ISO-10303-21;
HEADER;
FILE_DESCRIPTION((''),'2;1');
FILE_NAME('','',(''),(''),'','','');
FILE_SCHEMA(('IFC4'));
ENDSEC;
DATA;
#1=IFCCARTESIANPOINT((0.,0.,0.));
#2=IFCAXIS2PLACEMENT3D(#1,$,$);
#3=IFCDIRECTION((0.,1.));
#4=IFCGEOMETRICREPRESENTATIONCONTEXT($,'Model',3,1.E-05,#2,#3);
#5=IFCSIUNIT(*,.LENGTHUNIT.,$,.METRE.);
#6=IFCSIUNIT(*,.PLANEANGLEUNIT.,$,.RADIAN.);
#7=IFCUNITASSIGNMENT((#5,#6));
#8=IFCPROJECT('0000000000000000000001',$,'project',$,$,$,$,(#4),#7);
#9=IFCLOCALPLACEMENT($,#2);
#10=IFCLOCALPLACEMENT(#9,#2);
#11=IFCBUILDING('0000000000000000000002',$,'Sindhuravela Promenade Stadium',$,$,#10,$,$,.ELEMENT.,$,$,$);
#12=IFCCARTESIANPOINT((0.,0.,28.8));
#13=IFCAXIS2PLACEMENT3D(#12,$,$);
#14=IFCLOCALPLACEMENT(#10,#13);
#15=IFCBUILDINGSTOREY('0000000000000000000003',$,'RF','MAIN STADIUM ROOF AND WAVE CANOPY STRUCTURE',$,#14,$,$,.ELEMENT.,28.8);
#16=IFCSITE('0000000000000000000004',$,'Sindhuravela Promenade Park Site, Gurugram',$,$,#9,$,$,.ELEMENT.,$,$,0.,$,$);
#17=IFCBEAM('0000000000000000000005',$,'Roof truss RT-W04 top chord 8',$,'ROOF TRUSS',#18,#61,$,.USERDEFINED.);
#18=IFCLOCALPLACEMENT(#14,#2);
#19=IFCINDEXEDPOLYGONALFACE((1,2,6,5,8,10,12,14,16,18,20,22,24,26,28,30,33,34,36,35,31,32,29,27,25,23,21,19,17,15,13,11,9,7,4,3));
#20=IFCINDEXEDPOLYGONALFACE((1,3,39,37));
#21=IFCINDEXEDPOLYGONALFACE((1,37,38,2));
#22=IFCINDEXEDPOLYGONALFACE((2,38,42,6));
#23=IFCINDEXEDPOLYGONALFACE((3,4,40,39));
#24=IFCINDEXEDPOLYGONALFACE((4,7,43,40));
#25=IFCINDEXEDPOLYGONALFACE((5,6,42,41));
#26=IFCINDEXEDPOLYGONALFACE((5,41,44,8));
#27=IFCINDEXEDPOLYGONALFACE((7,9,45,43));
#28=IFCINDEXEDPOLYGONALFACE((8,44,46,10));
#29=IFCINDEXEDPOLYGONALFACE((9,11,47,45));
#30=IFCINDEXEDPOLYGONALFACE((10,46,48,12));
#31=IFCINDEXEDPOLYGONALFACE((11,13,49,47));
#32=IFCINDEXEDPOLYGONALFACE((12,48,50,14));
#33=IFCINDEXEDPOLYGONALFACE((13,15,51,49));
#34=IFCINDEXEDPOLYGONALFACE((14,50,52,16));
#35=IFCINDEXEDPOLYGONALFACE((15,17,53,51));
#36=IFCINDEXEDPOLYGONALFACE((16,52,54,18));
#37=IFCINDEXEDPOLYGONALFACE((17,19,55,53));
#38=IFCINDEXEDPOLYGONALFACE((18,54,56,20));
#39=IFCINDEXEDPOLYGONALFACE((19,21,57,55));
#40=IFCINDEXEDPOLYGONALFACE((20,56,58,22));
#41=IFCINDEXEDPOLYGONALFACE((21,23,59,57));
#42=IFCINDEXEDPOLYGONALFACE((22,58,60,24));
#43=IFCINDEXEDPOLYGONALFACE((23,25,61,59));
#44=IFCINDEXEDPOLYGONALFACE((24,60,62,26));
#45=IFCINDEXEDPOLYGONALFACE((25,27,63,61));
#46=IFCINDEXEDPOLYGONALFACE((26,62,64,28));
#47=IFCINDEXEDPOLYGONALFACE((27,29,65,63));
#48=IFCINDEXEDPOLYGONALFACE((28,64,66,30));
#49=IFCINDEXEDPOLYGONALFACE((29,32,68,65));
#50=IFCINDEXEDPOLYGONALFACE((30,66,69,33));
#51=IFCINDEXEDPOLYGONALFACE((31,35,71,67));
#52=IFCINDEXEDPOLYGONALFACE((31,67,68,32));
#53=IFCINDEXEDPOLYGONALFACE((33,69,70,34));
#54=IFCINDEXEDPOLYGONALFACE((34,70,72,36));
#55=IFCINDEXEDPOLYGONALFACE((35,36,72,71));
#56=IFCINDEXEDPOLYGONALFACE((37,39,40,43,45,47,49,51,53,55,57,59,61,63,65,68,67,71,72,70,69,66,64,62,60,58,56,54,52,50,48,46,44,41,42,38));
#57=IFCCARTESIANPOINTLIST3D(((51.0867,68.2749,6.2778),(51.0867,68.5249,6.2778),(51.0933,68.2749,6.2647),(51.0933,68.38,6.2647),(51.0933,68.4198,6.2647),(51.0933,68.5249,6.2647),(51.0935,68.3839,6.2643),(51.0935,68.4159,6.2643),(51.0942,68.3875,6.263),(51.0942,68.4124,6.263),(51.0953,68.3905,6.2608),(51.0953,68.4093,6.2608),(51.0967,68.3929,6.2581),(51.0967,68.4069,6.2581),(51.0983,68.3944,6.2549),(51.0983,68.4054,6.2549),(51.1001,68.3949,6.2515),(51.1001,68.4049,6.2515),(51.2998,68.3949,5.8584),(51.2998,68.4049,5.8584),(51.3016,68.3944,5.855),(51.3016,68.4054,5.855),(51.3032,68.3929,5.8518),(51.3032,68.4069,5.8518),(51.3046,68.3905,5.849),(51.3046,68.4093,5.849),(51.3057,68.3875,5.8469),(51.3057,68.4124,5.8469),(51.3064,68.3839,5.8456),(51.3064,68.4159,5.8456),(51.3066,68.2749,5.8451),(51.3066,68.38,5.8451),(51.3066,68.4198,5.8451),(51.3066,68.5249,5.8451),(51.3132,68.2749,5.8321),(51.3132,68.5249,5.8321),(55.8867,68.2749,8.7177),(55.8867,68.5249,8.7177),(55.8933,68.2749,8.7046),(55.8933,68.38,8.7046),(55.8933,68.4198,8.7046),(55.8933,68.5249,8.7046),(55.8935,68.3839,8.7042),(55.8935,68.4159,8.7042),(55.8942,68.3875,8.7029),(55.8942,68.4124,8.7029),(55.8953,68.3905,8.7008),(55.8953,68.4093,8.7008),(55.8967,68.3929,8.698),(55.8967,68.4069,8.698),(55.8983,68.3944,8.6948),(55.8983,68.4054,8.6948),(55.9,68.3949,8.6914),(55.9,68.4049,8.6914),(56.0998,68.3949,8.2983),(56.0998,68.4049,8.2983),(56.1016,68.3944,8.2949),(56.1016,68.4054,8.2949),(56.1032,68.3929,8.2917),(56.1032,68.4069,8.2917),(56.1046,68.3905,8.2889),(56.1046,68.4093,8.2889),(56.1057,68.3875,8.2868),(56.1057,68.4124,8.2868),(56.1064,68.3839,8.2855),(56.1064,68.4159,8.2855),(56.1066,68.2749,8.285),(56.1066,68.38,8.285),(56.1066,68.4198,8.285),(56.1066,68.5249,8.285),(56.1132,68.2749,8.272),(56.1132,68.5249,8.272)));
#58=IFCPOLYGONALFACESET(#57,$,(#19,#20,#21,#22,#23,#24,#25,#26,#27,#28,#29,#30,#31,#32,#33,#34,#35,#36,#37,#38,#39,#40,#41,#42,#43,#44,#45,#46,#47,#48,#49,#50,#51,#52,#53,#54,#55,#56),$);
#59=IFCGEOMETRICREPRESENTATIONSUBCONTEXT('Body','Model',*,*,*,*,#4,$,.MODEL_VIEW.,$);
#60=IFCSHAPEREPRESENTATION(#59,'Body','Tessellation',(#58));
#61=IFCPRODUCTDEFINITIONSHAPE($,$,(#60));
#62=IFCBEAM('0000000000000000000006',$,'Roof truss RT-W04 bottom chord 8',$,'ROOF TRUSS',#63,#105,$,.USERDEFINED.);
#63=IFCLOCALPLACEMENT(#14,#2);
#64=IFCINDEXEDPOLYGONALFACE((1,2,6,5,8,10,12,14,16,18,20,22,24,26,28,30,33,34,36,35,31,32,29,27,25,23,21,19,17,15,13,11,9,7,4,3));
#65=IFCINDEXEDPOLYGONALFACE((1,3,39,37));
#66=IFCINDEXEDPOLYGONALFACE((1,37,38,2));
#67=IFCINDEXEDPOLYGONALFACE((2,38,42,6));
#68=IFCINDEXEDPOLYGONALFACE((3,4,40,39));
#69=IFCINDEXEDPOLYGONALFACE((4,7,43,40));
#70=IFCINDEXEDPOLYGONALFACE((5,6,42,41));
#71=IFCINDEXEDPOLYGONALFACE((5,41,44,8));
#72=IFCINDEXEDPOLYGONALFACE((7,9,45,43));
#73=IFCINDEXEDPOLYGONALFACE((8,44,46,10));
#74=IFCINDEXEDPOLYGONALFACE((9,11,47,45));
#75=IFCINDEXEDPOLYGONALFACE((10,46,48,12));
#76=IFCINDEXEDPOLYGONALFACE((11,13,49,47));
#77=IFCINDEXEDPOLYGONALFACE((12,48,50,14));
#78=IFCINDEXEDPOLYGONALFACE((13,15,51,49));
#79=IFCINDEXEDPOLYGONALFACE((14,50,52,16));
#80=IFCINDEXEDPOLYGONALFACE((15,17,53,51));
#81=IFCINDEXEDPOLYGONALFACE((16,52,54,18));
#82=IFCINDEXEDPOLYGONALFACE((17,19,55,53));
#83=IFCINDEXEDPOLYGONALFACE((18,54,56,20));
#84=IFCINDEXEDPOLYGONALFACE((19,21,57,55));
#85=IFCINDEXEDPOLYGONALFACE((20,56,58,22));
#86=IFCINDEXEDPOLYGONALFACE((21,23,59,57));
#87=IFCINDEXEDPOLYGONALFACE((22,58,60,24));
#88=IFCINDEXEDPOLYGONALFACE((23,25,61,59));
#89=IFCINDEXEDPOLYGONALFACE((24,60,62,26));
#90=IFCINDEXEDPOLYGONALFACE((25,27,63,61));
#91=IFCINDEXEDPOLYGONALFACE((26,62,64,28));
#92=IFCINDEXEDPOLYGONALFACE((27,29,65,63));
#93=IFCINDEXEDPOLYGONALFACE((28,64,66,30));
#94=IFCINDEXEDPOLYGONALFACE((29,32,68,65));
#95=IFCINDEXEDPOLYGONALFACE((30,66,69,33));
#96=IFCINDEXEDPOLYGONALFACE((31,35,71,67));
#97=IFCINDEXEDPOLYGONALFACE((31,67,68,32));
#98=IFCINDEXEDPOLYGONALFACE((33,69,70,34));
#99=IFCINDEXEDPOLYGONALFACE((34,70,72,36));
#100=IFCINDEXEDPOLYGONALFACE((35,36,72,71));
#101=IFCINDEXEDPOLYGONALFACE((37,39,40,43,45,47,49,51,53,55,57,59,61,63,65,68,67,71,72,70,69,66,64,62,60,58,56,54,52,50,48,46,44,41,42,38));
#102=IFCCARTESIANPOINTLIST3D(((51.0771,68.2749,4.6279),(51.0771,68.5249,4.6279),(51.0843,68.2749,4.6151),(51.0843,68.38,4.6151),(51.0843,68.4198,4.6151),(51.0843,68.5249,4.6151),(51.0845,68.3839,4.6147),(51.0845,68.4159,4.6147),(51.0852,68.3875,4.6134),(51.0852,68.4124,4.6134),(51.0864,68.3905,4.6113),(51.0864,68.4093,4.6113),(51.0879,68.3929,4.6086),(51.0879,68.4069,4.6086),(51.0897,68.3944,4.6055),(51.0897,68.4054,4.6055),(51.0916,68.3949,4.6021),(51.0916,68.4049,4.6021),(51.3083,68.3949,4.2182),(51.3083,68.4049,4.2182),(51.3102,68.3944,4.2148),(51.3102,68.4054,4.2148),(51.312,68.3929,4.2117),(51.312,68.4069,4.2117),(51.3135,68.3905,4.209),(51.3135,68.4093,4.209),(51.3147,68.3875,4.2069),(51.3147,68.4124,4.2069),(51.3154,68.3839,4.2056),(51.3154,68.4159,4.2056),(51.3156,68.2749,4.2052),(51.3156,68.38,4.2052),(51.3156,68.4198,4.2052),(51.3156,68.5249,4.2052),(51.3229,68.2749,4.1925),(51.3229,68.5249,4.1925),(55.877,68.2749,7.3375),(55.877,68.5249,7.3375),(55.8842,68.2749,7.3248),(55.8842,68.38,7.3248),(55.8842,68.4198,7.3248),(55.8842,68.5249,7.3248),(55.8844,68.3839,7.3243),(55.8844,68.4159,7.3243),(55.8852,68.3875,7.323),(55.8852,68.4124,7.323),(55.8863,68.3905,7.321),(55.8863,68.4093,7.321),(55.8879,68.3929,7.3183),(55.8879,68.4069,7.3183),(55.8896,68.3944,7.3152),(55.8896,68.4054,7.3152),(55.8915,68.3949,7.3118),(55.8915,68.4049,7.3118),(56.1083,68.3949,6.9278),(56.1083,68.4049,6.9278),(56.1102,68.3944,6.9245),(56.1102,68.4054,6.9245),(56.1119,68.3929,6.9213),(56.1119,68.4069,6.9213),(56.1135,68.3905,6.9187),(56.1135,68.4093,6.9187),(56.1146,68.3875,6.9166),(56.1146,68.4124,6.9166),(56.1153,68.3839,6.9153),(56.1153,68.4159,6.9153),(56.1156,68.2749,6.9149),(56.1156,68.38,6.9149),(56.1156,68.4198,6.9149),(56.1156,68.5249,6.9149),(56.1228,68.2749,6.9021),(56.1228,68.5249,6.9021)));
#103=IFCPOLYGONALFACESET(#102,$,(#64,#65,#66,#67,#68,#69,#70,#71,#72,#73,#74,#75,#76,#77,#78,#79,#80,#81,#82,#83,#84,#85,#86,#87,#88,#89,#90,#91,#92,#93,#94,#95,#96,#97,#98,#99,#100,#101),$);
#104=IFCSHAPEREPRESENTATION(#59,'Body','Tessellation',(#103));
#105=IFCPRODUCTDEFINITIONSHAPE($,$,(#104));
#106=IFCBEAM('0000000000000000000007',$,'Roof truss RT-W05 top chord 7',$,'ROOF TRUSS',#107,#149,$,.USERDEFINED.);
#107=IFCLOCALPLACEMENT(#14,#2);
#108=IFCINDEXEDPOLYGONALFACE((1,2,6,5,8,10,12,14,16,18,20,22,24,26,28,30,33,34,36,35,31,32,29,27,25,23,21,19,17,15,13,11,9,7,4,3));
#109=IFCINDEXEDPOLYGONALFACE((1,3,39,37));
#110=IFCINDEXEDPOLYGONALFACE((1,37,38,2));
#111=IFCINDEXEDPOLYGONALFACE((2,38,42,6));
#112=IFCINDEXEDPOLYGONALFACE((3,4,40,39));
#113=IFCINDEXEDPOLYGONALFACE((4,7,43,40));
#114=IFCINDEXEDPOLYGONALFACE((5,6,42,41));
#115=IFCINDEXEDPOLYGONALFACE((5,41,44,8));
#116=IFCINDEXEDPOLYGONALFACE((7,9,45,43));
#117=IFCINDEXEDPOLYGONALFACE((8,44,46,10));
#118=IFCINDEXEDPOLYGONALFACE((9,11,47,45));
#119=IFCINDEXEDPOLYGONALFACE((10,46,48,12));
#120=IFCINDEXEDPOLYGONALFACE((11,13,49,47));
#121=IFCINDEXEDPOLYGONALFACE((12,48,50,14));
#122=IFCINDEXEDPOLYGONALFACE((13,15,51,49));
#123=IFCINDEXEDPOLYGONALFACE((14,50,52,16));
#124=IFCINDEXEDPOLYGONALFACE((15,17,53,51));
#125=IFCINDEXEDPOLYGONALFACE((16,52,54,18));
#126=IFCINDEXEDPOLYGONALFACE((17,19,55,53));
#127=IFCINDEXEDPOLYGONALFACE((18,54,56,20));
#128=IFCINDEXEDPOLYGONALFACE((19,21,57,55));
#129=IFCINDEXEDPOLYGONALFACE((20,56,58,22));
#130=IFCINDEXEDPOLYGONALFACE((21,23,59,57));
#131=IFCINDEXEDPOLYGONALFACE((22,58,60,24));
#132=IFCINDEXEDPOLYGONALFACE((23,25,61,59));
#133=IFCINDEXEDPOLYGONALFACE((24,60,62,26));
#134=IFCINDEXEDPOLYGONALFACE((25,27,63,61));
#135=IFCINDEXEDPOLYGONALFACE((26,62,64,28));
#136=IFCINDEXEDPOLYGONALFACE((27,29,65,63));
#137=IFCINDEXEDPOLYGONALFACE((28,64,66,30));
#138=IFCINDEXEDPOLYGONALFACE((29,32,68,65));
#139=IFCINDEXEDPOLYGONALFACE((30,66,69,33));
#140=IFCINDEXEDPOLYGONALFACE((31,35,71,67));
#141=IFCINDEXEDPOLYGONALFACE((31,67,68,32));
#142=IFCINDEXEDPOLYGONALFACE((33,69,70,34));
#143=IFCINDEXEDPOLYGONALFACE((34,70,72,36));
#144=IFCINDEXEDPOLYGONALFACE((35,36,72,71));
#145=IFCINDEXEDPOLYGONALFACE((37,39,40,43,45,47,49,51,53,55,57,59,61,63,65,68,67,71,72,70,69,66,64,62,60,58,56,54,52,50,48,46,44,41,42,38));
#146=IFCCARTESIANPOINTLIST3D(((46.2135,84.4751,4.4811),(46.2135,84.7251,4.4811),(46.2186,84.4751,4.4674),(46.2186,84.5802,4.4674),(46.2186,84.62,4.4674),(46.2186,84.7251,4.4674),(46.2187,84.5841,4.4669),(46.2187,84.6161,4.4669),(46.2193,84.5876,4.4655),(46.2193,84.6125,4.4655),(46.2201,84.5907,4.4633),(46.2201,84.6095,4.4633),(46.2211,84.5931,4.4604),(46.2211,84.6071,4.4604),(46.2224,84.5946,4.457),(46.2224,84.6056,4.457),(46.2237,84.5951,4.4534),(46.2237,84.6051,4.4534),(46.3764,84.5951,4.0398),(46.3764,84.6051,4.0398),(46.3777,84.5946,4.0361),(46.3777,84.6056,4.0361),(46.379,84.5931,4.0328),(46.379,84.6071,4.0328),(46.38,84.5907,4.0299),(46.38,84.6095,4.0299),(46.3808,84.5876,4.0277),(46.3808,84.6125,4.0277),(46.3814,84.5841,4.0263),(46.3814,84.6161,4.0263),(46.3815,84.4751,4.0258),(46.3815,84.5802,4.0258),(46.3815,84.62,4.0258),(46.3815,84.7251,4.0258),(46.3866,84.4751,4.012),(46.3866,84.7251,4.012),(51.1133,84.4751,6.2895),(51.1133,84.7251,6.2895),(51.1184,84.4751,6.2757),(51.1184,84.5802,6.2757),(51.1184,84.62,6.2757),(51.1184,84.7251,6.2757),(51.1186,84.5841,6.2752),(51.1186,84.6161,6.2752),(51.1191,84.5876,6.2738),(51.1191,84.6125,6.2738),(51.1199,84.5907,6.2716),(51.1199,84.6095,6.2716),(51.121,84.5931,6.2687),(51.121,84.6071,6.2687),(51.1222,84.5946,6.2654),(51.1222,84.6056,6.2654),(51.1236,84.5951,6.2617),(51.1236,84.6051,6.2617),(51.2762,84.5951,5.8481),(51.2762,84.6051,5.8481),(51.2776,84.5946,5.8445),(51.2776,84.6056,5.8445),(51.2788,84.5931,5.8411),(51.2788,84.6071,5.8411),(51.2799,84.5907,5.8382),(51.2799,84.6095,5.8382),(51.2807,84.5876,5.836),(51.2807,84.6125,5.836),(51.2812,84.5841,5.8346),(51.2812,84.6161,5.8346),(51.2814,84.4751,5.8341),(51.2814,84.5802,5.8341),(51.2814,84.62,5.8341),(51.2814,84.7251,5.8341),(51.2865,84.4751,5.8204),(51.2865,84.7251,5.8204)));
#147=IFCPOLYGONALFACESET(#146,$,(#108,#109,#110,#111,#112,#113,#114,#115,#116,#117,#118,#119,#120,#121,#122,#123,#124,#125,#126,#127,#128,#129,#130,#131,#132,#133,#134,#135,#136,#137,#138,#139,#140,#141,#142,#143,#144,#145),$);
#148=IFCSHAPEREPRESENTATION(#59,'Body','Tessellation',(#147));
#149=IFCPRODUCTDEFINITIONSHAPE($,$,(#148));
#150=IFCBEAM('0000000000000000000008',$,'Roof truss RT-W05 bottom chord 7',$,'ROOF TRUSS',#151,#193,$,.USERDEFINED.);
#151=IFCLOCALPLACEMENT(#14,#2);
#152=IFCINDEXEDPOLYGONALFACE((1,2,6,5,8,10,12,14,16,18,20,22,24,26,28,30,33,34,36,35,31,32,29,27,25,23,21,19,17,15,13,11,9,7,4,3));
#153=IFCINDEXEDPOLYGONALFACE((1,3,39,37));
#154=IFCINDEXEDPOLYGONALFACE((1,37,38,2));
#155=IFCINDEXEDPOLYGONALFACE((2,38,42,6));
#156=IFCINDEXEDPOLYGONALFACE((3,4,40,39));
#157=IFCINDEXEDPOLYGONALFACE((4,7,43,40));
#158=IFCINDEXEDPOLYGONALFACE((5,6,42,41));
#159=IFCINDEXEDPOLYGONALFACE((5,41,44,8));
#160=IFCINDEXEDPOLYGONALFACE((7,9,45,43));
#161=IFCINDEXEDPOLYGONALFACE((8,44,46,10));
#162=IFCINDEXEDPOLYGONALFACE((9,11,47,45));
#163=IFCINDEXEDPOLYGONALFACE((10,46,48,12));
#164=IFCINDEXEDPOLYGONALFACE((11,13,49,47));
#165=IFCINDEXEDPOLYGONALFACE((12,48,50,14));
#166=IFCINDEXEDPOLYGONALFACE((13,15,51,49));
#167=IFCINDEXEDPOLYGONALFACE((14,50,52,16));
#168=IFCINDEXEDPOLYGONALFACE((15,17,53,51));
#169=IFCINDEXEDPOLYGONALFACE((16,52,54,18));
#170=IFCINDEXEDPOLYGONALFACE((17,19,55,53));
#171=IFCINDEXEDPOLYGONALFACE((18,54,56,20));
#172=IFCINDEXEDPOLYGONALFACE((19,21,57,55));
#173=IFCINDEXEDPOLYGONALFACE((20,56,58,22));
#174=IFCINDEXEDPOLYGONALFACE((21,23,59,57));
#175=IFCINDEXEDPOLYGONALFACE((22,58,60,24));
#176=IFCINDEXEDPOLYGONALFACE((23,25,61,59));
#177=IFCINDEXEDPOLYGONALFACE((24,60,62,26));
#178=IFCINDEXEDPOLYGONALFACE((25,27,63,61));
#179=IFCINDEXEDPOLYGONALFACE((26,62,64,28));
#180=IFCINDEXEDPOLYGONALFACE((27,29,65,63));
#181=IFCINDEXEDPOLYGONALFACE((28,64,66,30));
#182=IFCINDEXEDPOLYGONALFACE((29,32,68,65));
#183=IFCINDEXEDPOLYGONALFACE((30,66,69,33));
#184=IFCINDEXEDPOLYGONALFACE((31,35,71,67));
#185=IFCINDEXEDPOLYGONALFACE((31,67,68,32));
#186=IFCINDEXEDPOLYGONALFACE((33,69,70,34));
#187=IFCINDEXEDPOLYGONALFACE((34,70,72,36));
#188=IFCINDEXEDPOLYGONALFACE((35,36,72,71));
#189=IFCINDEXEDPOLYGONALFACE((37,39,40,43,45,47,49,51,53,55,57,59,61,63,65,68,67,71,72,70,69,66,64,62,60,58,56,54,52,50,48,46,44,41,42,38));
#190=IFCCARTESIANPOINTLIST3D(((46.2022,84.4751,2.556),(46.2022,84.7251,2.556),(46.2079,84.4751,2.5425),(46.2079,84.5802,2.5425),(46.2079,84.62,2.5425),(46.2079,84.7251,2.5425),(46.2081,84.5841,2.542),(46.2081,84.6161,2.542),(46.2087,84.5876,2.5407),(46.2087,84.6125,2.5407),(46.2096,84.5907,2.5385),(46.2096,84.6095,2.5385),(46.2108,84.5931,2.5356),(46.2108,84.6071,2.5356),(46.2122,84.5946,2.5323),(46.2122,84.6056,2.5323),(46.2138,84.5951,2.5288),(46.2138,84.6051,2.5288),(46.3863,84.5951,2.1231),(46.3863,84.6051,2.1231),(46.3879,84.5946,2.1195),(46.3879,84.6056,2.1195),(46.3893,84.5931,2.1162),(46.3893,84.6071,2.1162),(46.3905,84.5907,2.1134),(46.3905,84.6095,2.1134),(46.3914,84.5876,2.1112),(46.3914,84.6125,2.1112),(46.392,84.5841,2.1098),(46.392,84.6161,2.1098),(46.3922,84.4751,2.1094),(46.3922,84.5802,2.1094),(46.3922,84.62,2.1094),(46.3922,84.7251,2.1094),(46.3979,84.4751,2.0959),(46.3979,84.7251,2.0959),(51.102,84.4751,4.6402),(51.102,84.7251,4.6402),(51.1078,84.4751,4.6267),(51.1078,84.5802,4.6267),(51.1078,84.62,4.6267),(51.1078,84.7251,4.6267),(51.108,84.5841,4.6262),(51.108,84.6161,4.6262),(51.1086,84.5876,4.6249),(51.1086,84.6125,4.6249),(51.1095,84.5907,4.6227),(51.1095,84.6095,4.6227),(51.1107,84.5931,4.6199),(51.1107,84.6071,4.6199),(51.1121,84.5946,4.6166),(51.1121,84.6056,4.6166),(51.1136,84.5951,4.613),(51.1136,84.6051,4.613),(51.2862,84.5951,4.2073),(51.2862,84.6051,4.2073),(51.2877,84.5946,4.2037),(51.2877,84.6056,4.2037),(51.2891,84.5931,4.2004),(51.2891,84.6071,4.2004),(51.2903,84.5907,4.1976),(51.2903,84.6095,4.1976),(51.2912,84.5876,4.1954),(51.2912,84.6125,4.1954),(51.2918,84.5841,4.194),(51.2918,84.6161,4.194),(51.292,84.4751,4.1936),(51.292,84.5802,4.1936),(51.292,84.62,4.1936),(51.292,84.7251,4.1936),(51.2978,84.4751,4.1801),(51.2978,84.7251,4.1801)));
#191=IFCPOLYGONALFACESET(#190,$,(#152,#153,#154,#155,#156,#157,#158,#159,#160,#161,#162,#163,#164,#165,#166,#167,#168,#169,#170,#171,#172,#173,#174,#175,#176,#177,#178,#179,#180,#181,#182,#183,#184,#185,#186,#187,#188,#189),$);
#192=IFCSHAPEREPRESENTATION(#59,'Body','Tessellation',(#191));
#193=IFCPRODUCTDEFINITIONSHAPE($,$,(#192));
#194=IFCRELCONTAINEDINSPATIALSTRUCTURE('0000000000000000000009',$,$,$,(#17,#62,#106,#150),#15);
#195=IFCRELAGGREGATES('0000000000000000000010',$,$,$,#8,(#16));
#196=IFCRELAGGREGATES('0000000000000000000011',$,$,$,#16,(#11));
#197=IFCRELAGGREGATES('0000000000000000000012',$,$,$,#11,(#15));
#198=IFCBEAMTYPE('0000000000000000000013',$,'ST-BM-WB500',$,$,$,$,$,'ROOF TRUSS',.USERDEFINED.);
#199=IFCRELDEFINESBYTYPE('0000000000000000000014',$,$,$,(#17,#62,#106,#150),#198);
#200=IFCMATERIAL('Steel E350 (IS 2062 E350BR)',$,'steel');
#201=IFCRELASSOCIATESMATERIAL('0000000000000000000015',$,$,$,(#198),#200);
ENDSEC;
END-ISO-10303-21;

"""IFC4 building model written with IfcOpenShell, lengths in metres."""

from ifc_helpers import new_model, si_unit, direction, frame, origin, origin_2d, place, context, subcontext, project, spatial, i_section, extrude, material, material_profile, profile_set, type_object, element, save


model = new_model("IFC4")

# Units and contexts
model_context = context("Model", 3, precision=1e-05, world=origin(), true_north=direction((0.0, 1.0)))
body_context = subcontext(model_context, "Body", "Model", "MODEL_VIEW")
ifc_project = project(units=[si_unit("LENGTHUNIT", "METRE"), si_unit("PLANEANGLEUNIT", "RADIAN")], contexts=[model_context])

# Site, building, storey
site_placement = place(None, origin())
site = spatial("IfcSite", under=ifc_project, at=site_placement, Name="Sindhuravela Promenade Park Site, Gurugram", CompositionType="ELEMENT", RefElevation=0.0)
building_placement = place(site_placement, origin())
building = spatial("IfcBuilding", under=site, at=building_placement, Name="Sindhuravela Promenade Stadium", CompositionType="ELEMENT")
storey_placement = place(building_placement, frame((0.0, 0.0, 28.8)))
storey = spatial("IfcBuildingStorey", under=building, at=storey_placement, Name="RF", Description="MAIN STADIUM ROOF AND WAVE CANOPY STRUCTURE", CompositionType="ELEMENT", Elevation=28.8)

# Beams
ifc_material_1 = material(Name="Steel E350 (IS 2062 E350BR)", Category="steel")
ifc_material_profile_1 = material_profile(ifc_material_1, i_section(OverallWidth=0.25, OverallDepth=0.5, WebThickness=0.01, FlangeThickness=0.0146, FilletRadius=0.0149, at=origin_2d()), Name="ISWB 500")
ifc_profile_set_1 = profile_set([ifc_material_profile_1], Name="Steel E350 (IS 2062 E350BR)")
beam_type = type_object("IfcBeamType", Name="ST-BM-WB500", ElementType="ROOF TRUSS", PredefinedType="USERDEFINED", material=ifc_profile_set_1)
beam_1_placement = place(storey_placement, frame((51.2, 68.3999, 6.0549), z_axis=(0.891442, 0.0, 0.453134), x_axis=(0.0, 1.0, 0.0)))
element("IfcBeam", 1, at=beam_1_placement, inside=storey, type_object=beam_type, Name="Roof truss RT-W04 top chord 8", ObjectType="ROOF TRUSS", PredefinedType="USERDEFINED", context=body_context, shape_type="SweptSolid", body=[
    extrude(i_section(OverallWidth=0.25, OverallDepth=0.5, WebThickness=0.01, FlangeThickness=0.0146, FilletRadius=0.0149, at=origin_2d()), origin(), (0.0, 0.0, 1.0), 5.3845),
])
beam_2_placement = place(storey_placement, frame((51.2, 68.3999, 4.4102), z_axis=(0.870823, 0.0, 0.491596), x_axis=(0.0, 1.0, 0.0)))
element("IfcBeam", 2, at=beam_2_placement, inside=storey, type_object=beam_type, Name="Roof truss RT-W04 bottom chord 8", ObjectType="ROOF TRUSS", PredefinedType="USERDEFINED", context=body_context, shape_type="SweptSolid", body=[
    extrude(i_section(OverallWidth=0.25, OverallDepth=0.5, WebThickness=0.01, FlangeThickness=0.0146, FilletRadius=0.0149, at=origin_2d()), origin(), (0.0, 0.0, 1.0), 5.512),
])
beam_3_placement = place(storey_placement, frame((46.3, 84.6001, 4.2466), z_axis=(0.938149, 0.0, 0.346232), x_axis=(0.0, 1.0, 0.0)))
element("IfcBeam", 3, at=beam_3_placement, inside=storey, type_object=beam_type, Name="Roof truss RT-W05 top chord 7", ObjectType="ROOF TRUSS", PredefinedType="USERDEFINED", context=body_context, shape_type="SweptSolid", body=[
    extrude(i_section(OverallWidth=0.25, OverallDepth=0.5, WebThickness=0.01, FlangeThickness=0.0146, FilletRadius=0.0149, at=origin_2d()), origin(), (0.0, 0.0, 1.0), 5.2229),
])
beam_4_placement = place(storey_placement, frame((46.3, 84.6001, 2.3259), z_axis=(0.920211, 0.0, 0.391422), x_axis=(0.0, 1.0, 0.0)))
element("IfcBeam", 4, at=beam_4_placement, inside=storey, type_object=beam_type, Name="Roof truss RT-W05 bottom chord 7", ObjectType="ROOF TRUSS", PredefinedType="USERDEFINED", context=body_context, shape_type="SweptSolid", body=[
    extrude(i_section(OverallWidth=0.25, OverallDepth=0.5, WebThickness=0.01, FlangeThickness=0.0146, FilletRadius=0.0149, at=origin_2d()), origin(), (0.0, 0.0, 1.0), 5.3247),
])

save(model, "model.ifc")
